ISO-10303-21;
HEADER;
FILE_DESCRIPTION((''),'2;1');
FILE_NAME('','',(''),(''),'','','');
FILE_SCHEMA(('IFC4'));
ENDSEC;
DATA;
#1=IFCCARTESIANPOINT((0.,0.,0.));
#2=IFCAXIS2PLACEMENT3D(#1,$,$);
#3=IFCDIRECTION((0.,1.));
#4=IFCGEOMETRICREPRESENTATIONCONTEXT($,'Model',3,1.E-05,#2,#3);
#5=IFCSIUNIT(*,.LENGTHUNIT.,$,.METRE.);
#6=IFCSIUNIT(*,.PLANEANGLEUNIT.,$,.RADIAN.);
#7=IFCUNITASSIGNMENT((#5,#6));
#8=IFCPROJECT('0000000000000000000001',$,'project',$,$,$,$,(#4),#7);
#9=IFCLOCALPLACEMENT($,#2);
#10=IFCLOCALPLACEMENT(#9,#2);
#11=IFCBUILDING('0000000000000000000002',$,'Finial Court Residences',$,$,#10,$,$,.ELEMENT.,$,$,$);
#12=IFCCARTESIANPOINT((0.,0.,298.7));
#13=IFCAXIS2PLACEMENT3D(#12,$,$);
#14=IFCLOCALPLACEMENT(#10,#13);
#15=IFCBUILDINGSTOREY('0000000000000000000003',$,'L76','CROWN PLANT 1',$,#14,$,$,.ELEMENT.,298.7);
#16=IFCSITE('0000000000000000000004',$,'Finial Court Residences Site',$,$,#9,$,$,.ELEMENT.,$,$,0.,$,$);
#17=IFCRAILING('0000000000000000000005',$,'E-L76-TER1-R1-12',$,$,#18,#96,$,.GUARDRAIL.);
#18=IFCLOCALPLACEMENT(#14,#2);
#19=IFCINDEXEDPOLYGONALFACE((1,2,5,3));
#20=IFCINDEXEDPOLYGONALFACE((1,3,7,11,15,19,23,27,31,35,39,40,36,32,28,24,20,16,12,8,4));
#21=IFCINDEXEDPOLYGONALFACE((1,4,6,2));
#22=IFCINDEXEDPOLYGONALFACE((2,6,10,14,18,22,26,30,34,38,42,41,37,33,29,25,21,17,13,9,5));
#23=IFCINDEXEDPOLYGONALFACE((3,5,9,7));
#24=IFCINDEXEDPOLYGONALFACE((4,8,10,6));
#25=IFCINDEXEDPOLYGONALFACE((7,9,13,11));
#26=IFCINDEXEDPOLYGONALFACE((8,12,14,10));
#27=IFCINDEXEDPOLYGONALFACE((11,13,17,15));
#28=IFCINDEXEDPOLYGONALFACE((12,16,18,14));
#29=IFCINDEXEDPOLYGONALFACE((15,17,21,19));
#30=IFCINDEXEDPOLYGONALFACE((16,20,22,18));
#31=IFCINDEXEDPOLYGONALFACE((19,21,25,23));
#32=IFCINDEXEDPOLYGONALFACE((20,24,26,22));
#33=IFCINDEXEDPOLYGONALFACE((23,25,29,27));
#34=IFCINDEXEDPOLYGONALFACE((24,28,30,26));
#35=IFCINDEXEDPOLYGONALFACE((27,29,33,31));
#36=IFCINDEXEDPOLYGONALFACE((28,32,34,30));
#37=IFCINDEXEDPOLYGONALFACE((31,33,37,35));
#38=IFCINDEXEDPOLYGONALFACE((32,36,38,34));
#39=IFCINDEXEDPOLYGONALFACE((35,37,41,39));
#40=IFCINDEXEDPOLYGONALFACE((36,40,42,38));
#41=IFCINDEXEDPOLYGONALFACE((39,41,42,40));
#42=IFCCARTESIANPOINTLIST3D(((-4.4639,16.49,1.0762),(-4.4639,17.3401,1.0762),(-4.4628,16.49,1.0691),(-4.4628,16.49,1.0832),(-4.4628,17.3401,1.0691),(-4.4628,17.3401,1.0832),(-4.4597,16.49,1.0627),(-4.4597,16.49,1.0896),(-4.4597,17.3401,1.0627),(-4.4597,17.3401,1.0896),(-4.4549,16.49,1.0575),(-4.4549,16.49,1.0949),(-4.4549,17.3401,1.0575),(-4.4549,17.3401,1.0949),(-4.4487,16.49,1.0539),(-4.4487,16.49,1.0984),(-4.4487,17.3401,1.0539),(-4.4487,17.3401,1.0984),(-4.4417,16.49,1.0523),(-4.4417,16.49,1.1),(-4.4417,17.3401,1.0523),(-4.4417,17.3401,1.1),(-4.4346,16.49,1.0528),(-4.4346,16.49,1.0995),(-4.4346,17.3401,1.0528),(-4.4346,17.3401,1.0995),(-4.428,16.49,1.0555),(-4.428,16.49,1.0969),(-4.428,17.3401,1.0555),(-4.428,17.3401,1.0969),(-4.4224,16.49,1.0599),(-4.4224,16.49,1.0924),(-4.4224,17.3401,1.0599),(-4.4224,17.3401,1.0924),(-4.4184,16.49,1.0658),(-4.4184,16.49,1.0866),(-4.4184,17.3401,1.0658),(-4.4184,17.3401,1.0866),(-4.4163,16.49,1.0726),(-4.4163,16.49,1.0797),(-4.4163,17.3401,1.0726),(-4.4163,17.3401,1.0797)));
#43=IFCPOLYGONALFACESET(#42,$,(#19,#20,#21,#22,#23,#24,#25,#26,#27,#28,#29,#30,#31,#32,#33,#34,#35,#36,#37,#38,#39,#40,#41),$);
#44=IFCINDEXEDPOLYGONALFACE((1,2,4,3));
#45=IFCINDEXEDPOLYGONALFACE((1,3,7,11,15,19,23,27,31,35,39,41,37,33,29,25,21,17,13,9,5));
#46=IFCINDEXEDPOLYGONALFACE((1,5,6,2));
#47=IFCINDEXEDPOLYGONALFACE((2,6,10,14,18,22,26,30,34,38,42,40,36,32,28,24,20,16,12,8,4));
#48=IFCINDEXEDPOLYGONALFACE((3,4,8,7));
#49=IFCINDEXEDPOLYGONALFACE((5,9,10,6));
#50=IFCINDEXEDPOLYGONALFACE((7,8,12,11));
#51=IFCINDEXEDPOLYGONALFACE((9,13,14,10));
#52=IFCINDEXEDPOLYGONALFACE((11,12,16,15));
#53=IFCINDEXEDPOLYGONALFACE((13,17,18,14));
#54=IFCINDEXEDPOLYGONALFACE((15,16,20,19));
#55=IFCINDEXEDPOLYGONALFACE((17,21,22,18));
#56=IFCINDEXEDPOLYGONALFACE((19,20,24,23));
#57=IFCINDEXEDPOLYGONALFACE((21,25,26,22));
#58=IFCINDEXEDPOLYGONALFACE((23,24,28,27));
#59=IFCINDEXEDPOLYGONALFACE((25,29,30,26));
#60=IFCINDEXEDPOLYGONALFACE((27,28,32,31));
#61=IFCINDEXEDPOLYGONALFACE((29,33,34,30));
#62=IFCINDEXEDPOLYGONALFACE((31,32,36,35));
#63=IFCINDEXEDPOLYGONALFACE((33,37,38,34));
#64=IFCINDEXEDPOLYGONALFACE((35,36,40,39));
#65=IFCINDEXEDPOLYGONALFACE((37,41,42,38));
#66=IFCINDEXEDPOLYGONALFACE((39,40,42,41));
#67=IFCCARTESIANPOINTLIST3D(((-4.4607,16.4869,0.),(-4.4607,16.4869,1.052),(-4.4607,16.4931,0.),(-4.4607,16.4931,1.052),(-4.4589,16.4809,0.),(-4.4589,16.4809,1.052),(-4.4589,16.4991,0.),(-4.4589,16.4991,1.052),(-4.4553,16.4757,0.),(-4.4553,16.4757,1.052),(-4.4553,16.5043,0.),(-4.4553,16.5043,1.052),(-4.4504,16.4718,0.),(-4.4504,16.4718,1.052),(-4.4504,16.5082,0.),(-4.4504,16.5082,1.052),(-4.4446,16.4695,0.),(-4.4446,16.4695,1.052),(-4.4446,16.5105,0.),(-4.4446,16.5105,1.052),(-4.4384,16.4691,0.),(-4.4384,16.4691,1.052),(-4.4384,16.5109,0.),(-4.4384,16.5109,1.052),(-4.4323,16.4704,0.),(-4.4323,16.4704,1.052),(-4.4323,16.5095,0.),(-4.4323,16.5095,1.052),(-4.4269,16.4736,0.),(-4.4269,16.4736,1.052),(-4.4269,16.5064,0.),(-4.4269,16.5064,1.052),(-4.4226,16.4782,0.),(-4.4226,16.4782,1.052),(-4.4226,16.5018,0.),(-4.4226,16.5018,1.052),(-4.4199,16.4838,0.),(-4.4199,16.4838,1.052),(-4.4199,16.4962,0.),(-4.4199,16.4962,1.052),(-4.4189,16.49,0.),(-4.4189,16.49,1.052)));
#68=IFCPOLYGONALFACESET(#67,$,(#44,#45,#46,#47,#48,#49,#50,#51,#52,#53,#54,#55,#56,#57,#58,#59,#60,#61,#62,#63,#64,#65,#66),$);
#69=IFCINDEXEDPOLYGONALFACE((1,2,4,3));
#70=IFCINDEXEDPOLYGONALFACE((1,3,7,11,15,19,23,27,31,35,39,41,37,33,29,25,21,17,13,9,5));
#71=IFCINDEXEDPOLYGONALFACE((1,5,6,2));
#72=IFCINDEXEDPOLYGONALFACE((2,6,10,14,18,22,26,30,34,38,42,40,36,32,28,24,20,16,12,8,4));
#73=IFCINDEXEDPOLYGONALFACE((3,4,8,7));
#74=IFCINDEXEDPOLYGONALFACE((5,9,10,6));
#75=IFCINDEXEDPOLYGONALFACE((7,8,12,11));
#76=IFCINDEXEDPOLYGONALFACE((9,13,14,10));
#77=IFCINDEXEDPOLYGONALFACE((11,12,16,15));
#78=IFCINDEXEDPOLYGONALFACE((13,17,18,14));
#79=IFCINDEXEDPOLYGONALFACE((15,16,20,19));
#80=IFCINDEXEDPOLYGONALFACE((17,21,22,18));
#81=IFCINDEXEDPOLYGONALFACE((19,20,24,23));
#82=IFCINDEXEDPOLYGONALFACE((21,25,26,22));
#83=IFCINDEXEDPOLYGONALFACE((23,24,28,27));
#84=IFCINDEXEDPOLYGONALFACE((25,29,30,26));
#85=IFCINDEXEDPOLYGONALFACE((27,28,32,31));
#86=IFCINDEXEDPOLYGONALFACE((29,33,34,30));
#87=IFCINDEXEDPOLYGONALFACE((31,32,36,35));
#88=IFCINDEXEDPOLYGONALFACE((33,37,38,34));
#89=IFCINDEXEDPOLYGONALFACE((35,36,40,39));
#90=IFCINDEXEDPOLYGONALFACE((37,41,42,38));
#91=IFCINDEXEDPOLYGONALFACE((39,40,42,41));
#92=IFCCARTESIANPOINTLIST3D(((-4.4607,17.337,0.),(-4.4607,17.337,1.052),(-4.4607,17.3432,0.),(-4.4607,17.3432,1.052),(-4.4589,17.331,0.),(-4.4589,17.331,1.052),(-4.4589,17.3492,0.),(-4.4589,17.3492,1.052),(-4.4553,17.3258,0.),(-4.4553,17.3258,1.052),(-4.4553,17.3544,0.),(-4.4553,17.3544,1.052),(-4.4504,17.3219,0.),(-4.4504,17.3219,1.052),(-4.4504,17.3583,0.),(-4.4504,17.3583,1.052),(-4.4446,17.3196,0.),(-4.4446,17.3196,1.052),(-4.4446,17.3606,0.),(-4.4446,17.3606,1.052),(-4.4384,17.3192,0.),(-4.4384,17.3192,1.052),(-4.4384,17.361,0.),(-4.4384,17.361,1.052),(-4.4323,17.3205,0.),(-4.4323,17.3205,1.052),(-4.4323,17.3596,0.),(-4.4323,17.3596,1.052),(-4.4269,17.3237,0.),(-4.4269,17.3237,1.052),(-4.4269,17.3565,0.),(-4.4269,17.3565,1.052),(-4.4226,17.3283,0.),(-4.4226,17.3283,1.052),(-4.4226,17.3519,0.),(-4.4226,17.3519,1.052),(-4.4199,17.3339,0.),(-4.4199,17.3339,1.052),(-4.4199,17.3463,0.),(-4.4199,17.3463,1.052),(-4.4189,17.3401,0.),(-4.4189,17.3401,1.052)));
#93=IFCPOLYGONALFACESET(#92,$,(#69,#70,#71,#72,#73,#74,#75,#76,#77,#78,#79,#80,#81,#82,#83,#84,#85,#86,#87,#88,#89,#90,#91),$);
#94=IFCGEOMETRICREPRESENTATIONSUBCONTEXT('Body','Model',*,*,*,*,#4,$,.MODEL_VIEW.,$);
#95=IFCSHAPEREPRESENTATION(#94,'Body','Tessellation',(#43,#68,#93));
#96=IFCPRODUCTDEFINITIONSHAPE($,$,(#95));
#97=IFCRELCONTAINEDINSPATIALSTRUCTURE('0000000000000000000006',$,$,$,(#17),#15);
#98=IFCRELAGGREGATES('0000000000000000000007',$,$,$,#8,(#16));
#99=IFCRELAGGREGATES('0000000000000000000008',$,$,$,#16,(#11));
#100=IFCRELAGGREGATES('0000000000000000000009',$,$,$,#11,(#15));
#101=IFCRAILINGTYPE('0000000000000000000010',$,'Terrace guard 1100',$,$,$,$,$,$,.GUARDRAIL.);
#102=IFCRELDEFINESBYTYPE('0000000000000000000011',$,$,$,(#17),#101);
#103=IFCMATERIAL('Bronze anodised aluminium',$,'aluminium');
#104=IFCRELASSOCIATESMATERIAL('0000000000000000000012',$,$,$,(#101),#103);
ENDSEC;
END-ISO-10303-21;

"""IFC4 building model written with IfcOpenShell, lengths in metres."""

from ifc_helpers import new_model, si_unit, direction, frame, origin, origin_2d, place, context, subcontext, project, spatial, circle, extrude, material, type_object, element, save


model = new_model("IFC4")

# Units and contexts
model_context = context("Model", 3, precision=1e-05, world=origin(), true_north=direction((0.0, 1.0)))
body_context = subcontext(model_context, "Body", "Model", "MODEL_VIEW")
ifc_project = project(units=[si_unit("LENGTHUNIT", "METRE"), si_unit("PLANEANGLEUNIT", "RADIAN")], contexts=[model_context])

# Site, building, storey
site_placement = place(None, origin())
site = spatial("IfcSite", under=ifc_project, at=site_placement, Name="Finial Court Residences Site", CompositionType="ELEMENT", RefElevation=0.0)
building_placement = place(site_placement, origin())
building = spatial("IfcBuilding", under=site, at=building_placement, Name="Finial Court Residences", CompositionType="ELEMENT")
storey_placement = place(building_placement, frame((0.0, 0.0, 298.7)))
storey = spatial("IfcBuildingStorey", under=building, at=storey_placement, Name="L76", Description="CROWN PLANT 1", CompositionType="ELEMENT", Elevation=298.7)

# Shared definitions
ifc_material_1 = material(Name="Bronze anodised aluminium", Category="aluminium")

# Railing
railing_type = type_object("IfcRailingType", Name="Terrace guard 1100", PredefinedType="GUARDRAIL", material=ifc_material_1)
railing_1_placement = place(storey_placement, frame((-4.4399, 16.49, 0.0)))
element("IfcRailing", 1, at=railing_1_placement, inside=storey, type_object=railing_type, Name="E-L76-TER1-R1-12", PredefinedType="GUARDRAIL", context=body_context, shape_type="SweptSolid", body=[
    extrude(circle(Radius=0.0239, at=origin_2d()), frame((0.0, 0.0, 1.0762), z_axis=(0.0, 1.0, 0.0), x_axis=(-1.0, 0.0, 0.0)), (0.0, 0.0, 1.0), 0.8501),
    extrude(circle(Radius=0.021, at=origin_2d()), origin(), (0.0, 0.0, 1.0), 1.052),
    extrude(circle(Radius=0.021, at=origin_2d()), frame((0.0, 0.8501, 0.0)), (0.0, 0.0, 1.0), 1.052),
])

save(model, "model.ifc")
